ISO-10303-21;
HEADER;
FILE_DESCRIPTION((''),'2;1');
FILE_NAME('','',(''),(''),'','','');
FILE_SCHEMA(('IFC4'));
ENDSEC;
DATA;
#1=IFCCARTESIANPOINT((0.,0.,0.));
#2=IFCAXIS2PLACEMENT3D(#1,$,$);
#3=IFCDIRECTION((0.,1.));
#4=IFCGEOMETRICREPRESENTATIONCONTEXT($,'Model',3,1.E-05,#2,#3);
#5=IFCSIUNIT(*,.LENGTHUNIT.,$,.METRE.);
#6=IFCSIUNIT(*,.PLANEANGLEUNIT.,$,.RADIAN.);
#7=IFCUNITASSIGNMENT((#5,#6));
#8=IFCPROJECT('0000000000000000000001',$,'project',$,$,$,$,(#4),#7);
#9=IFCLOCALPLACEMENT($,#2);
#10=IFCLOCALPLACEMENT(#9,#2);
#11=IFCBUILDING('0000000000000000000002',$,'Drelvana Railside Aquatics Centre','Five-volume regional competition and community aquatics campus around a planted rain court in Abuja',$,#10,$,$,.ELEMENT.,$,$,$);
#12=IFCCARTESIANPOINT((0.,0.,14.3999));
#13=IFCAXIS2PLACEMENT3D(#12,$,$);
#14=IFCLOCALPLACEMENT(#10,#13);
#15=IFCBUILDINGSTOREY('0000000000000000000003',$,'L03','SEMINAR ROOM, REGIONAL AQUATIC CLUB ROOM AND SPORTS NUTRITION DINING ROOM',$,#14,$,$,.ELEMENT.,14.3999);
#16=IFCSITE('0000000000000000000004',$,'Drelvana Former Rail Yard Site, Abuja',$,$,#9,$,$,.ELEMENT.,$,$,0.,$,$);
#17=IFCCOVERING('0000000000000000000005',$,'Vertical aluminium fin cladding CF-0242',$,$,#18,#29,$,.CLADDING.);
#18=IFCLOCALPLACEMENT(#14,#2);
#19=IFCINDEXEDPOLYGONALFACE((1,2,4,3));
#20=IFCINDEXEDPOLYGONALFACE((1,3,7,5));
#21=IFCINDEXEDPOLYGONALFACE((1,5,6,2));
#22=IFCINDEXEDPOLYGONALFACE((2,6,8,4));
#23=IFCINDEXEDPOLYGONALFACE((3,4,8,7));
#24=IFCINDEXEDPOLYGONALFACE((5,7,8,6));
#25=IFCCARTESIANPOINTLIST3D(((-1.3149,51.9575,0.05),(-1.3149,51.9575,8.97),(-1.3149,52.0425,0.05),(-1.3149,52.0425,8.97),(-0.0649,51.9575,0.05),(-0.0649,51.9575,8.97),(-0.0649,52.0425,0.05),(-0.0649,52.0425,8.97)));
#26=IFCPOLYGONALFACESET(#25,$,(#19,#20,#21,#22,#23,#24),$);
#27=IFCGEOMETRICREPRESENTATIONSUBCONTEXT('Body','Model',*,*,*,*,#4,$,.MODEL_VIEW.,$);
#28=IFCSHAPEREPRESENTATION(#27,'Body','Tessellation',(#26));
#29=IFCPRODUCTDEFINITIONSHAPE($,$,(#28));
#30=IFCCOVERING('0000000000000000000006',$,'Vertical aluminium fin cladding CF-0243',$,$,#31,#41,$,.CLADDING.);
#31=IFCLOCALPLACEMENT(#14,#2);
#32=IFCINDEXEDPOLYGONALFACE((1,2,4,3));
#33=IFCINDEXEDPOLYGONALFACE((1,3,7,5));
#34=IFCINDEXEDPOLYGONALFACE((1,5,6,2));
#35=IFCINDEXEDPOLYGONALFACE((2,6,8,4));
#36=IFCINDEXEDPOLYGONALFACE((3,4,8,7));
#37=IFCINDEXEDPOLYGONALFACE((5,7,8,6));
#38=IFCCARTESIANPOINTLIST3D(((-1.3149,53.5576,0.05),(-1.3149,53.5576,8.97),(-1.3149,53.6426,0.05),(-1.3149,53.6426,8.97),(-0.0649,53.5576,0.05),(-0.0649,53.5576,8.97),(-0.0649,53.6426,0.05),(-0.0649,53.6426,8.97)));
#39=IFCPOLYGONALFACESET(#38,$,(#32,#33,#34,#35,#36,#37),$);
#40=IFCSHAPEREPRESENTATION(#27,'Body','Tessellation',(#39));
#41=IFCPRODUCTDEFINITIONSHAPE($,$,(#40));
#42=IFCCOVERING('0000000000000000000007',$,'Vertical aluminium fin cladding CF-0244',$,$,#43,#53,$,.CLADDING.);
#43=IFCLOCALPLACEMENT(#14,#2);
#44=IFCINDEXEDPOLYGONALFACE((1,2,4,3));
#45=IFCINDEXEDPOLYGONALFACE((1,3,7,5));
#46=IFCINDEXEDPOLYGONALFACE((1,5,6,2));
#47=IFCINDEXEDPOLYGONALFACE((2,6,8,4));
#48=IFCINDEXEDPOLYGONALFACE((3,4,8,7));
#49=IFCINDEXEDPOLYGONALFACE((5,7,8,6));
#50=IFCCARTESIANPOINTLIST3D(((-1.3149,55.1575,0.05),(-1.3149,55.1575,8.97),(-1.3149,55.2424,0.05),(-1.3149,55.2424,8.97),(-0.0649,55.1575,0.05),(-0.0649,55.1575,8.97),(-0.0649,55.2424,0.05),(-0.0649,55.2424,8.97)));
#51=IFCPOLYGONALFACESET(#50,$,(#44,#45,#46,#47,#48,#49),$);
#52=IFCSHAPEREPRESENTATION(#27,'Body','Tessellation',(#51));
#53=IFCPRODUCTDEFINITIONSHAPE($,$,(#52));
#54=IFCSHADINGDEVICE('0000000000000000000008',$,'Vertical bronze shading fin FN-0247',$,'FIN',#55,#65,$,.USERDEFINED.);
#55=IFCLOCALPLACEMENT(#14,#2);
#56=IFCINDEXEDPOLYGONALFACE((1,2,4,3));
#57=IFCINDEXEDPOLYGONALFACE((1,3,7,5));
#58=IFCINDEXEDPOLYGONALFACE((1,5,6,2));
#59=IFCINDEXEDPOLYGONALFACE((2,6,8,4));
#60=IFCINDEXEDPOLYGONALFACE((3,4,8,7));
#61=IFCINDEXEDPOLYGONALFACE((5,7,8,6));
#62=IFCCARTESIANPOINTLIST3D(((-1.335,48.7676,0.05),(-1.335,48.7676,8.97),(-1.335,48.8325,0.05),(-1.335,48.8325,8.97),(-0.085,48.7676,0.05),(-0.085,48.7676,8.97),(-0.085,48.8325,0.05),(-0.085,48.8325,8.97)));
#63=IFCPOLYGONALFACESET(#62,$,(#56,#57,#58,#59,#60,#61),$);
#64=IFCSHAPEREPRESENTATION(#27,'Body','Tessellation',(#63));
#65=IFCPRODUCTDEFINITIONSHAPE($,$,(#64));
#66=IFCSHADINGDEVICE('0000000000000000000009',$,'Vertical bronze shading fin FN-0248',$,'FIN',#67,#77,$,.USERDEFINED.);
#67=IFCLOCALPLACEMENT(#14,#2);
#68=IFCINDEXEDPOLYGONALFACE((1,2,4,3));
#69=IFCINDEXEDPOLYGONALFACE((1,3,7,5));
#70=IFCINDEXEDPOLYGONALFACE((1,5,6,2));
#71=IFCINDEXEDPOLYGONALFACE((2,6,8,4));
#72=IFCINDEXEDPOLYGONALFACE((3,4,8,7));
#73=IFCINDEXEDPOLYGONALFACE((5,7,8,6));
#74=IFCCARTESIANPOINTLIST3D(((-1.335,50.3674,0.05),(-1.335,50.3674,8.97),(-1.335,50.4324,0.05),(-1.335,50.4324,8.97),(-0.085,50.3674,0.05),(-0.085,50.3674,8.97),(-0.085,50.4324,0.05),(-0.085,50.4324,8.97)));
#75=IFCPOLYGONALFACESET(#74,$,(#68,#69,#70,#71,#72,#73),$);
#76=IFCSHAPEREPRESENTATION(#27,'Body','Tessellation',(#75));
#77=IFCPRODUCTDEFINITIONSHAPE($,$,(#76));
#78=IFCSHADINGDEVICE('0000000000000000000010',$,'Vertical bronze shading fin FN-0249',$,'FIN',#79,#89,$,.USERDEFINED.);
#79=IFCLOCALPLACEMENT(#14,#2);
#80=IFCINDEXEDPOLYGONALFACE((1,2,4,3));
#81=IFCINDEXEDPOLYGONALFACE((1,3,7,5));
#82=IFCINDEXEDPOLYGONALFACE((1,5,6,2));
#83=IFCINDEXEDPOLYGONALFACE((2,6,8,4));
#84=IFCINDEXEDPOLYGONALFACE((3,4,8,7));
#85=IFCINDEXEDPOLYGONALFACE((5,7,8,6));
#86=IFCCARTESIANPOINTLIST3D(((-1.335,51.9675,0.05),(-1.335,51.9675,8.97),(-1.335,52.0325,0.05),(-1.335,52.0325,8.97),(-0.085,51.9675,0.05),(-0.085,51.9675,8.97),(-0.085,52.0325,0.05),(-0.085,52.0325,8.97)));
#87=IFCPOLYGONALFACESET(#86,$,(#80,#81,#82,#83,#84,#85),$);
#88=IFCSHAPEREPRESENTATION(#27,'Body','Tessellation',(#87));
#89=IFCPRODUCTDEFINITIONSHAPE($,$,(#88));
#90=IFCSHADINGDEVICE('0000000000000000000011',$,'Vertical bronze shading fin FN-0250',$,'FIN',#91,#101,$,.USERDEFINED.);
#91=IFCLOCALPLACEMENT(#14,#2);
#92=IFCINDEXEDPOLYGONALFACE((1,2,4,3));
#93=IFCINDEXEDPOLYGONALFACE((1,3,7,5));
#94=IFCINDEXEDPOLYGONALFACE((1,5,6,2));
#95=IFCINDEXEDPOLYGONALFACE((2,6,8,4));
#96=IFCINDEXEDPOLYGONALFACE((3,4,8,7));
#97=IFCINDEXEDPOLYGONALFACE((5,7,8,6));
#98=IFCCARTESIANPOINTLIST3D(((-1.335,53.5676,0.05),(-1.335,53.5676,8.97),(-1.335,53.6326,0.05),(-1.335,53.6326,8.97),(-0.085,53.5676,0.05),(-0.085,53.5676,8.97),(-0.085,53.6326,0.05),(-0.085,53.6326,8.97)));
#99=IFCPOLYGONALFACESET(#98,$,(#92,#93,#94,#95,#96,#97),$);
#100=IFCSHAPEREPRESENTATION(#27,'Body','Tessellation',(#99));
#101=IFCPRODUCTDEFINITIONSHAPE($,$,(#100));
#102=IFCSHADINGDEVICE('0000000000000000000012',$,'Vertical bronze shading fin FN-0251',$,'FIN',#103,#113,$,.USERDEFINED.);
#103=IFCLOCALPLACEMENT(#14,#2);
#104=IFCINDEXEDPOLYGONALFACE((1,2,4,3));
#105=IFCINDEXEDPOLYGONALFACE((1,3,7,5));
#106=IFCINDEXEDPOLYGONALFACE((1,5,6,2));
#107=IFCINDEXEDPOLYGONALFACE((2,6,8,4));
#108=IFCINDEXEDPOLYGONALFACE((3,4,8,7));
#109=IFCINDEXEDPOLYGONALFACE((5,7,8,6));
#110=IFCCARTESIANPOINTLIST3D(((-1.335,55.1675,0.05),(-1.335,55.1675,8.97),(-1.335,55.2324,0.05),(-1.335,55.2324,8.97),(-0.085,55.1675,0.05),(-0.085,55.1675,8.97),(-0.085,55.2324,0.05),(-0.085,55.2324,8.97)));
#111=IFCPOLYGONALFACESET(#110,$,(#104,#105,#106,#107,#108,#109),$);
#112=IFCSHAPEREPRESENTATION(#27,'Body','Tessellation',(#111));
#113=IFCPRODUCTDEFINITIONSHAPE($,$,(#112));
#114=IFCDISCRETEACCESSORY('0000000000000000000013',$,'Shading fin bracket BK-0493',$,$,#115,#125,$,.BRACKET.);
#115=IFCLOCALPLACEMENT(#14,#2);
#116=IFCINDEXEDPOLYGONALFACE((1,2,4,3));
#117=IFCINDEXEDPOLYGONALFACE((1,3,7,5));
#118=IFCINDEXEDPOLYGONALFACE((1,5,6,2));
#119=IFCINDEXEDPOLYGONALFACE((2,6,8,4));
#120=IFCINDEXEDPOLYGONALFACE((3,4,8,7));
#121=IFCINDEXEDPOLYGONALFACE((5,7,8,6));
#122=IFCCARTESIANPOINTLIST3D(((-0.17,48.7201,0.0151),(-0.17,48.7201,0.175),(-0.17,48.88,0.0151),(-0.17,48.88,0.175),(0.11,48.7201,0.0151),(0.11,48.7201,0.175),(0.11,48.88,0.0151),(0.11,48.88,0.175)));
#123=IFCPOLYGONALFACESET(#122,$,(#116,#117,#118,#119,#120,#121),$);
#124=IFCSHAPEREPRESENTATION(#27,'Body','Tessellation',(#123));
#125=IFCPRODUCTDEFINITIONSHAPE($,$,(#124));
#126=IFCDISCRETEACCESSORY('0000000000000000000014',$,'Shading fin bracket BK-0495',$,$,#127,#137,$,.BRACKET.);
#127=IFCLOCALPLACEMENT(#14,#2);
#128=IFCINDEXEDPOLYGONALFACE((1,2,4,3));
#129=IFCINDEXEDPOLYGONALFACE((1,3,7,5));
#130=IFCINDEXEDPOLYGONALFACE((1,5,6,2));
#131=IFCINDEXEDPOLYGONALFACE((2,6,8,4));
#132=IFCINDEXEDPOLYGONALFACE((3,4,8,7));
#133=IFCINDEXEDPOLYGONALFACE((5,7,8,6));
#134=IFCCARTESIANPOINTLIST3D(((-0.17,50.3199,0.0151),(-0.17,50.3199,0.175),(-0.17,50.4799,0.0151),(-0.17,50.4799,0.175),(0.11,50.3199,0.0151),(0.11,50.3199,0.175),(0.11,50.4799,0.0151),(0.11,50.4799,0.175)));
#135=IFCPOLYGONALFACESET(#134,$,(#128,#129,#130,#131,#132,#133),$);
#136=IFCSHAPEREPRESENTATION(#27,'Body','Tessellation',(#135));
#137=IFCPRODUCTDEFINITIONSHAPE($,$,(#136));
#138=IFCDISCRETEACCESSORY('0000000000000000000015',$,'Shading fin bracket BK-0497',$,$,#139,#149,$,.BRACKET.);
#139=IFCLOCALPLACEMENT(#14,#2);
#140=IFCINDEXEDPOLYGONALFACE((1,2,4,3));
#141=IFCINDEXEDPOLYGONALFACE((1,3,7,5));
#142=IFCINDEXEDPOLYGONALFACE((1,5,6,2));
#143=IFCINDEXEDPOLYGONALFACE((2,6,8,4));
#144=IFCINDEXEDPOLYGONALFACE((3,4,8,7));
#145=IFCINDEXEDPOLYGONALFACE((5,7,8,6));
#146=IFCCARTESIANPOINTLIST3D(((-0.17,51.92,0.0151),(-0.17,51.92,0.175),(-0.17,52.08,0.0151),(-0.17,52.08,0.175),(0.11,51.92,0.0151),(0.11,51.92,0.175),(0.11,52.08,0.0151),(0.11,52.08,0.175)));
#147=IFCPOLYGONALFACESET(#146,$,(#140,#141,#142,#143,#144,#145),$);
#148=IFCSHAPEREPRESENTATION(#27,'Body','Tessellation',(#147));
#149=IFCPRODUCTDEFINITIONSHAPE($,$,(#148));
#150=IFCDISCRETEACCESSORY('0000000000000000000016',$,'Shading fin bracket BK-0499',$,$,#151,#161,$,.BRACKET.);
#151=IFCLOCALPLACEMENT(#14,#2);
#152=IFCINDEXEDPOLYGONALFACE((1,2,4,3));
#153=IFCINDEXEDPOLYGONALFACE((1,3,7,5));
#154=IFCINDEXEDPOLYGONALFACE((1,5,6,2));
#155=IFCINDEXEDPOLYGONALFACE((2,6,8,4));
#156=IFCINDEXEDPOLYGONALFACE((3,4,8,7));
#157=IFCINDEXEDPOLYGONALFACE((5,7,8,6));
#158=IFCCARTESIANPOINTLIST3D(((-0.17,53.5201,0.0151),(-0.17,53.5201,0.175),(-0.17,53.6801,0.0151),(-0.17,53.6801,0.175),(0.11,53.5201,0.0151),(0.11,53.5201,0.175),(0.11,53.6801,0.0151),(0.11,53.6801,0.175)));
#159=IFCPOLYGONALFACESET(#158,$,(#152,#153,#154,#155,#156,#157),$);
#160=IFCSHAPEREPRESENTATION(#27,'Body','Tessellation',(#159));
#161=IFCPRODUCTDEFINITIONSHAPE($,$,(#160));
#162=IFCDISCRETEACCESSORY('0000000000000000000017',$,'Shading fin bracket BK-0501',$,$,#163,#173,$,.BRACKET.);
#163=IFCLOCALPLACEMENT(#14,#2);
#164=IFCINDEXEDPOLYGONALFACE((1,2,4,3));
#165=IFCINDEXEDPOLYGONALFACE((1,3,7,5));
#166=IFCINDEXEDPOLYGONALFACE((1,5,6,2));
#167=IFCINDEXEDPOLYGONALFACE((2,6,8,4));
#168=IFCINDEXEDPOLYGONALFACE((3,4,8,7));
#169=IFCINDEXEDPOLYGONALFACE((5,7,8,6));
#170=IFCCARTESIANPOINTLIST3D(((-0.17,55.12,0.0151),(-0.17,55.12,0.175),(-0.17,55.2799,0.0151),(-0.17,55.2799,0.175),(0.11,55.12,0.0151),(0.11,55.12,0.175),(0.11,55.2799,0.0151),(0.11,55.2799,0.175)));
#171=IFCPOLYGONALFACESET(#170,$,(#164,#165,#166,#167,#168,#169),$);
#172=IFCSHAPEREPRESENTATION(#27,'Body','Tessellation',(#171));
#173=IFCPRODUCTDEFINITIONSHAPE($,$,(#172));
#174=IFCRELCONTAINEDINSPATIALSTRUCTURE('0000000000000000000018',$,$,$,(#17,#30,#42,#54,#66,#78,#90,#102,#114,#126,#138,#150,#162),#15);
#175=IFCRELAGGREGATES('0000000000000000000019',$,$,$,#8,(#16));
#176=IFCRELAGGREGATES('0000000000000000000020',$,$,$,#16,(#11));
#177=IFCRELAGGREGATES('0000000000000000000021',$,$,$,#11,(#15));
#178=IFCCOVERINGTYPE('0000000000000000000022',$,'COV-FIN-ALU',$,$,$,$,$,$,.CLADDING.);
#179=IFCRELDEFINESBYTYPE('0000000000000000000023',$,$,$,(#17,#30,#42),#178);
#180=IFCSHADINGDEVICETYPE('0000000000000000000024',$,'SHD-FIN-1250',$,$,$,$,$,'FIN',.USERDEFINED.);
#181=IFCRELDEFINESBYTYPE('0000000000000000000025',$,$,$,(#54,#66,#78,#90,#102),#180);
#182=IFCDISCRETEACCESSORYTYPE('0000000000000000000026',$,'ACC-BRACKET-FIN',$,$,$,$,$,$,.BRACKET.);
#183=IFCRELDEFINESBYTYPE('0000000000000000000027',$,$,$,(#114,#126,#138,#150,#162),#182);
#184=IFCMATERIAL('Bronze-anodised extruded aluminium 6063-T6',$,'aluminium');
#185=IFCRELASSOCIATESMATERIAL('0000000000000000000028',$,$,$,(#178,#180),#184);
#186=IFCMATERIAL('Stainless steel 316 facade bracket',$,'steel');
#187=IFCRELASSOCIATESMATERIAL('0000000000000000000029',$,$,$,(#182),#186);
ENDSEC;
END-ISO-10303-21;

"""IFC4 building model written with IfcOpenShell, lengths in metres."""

from ifc_helpers import new_model, si_unit, direction, frame, origin, origin_2d, place, context, subcontext, project, spatial, rectangle, extrude, material, type_object, element, save


model = new_model("IFC4")

# Units and contexts
model_context = context("Model", 3, precision=1e-05, world=origin(), true_north=direction((0.0, 1.0)))
body_context = subcontext(model_context, "Body", "Model", "MODEL_VIEW")
ifc_project = project(units=[si_unit("LENGTHUNIT", "METRE"), si_unit("PLANEANGLEUNIT", "RADIAN")], contexts=[model_context])

# Site, building, storey
site_placement = place(None, origin())
site = spatial("IfcSite", under=ifc_project, at=site_placement, Name="Drelvana Former Rail Yard Site, Abuja", CompositionType="ELEMENT", RefElevation=0.0)
building_placement = place(site_placement, origin())
building = spatial("IfcBuilding", under=site, at=building_placement, Name="Drelvana Railside Aquatics Centre", Description="Five-volume regional competition and community aquatics campus around a planted rain court in Abuja", CompositionType="ELEMENT")
storey_placement = place(building_placement, frame((0.0, 0.0, 14.3999)))
storey = spatial("IfcBuildingStorey", under=building, at=storey_placement, Name="L03", Description="SEMINAR ROOM, REGIONAL AQUATIC CLUB ROOM AND SPORTS NUTRITION DINING ROOM", CompositionType="ELEMENT", Elevation=14.3999)

# Coverings
ifc_material_1 = material(Name="Bronze-anodised extruded aluminium 6063-T6", Category="aluminium")
covering_type = type_object("IfcCoveringType", Name="COV-FIN-ALU", PredefinedType="CLADDING", material=ifc_material_1)
for number, where, z_axis, x_axis, name in (
    (1, (-0.6899, 52.0, 0.05), (0.0, 0.0, 1.0), (0.0, 1.0, 0.0), "Vertical aluminium fin cladding CF-0242"),
    (2, (-0.6899, 53.6001, 0.05), (0.0, 0.0, 1.0), (0.0, 1.0, 0.0), "Vertical aluminium fin cladding CF-0243"),
    (3, (-0.6899, 55.2, 0.05), (0.0, 0.0, 1.0), (0.0, 1.0, 0.0), "Vertical aluminium fin cladding CF-0244"),
):
    element("IfcCovering", number, at=place(storey_placement, frame(where, z_axis=z_axis, x_axis=x_axis)), inside=storey, type_object=covering_type, Name=name, PredefinedType="CLADDING", context=body_context, shape_type="SweptSolid", body=[
        extrude(rectangle(XDim=0.085, YDim=1.25, at=origin_2d()), origin(), (0.0, 0.0, 1.0), 8.9199),
    ])

# Shading devices
shading_device_type = type_object("IfcShadingDeviceType", Name="SHD-FIN-1250", ElementType="FIN", PredefinedType="USERDEFINED", material=ifc_material_1)
for number, where, z_axis, x_axis, name in (
    (4, (-0.71, 48.8, 0.05), (0.0, 0.0, 1.0), (-1.0, 0.0, 0.0), "Vertical bronze shading fin FN-0247"),
    (5, (-0.71, 50.3999, 0.05), (0.0, 0.0, 1.0), (-1.0, 0.0, 0.0), "Vertical bronze shading fin FN-0248"),
    (6, (-0.71, 52.0, 0.05), (0.0, 0.0, 1.0), (-1.0, 0.0, 0.0), "Vertical bronze shading fin FN-0249"),
    (7, (-0.71, 53.6001, 0.05), (0.0, 0.0, 1.0), (-1.0, 0.0, 0.0), "Vertical bronze shading fin FN-0250"),
    (8, (-0.71, 55.2, 0.05), (0.0, 0.0, 1.0), (-1.0, 0.0, 0.0), "Vertical bronze shading fin FN-0251"),
):
    element("IfcShadingDevice", number, at=place(storey_placement, frame(where, z_axis=z_axis, x_axis=x_axis)), inside=storey, type_object=shading_device_type, Name=name, ObjectType="FIN", PredefinedType="USERDEFINED", context=body_context, shape_type="SweptSolid", body=[
        extrude(rectangle(XDim=1.25, YDim=0.0649, at=origin_2d()), origin(), (0.0, 0.0, 1.0), 8.9199),
    ])

# Discrete accessories
ifc_material_2 = material(Name="Stainless steel 316 facade bracket", Category="steel")
discrete_accessory_type = type_object("IfcDiscreteAccessoryType", Name="ACC-BRACKET-FIN", PredefinedType="BRACKET", material=ifc_material_2)
for number, where, z_axis, x_axis, name in (
    (9, (-0.03, 48.8, 0.0151), (0.0, 0.0, 1.0), (-1.0, 0.0, 0.0), "Shading fin bracket BK-0493"),
    (10, (-0.03, 50.3999, 0.0151), (0.0, 0.0, 1.0), (-1.0, 0.0, 0.0), "Shading fin bracket BK-0495"),
    (11, (-0.03, 52.0, 0.0151), (0.0, 0.0, 1.0), (-1.0, 0.0, 0.0), "Shading fin bracket BK-0497"),
    (12, (-0.03, 53.6001, 0.0151), (0.0, 0.0, 1.0), (-1.0, 0.0, 0.0), "Shading fin bracket BK-0499"),
    (13, (-0.03, 55.2, 0.0151), (0.0, 0.0, 1.0), (-1.0, 0.0, 0.0), "Shading fin bracket BK-0501"),
):
    element("IfcDiscreteAccessory", number, at=place(storey_placement, frame(where, z_axis=z_axis, x_axis=x_axis)), inside=storey, type_object=discrete_accessory_type, Name=name, PredefinedType="BRACKET", context=body_context, shape_type="SweptSolid", body=[
        extrude(rectangle(XDim=0.28, YDim=0.1599, at=origin_2d()), origin(), (0.0, 0.0, 1.0), 0.1599),
    ])

save(model, "model.ifc")
